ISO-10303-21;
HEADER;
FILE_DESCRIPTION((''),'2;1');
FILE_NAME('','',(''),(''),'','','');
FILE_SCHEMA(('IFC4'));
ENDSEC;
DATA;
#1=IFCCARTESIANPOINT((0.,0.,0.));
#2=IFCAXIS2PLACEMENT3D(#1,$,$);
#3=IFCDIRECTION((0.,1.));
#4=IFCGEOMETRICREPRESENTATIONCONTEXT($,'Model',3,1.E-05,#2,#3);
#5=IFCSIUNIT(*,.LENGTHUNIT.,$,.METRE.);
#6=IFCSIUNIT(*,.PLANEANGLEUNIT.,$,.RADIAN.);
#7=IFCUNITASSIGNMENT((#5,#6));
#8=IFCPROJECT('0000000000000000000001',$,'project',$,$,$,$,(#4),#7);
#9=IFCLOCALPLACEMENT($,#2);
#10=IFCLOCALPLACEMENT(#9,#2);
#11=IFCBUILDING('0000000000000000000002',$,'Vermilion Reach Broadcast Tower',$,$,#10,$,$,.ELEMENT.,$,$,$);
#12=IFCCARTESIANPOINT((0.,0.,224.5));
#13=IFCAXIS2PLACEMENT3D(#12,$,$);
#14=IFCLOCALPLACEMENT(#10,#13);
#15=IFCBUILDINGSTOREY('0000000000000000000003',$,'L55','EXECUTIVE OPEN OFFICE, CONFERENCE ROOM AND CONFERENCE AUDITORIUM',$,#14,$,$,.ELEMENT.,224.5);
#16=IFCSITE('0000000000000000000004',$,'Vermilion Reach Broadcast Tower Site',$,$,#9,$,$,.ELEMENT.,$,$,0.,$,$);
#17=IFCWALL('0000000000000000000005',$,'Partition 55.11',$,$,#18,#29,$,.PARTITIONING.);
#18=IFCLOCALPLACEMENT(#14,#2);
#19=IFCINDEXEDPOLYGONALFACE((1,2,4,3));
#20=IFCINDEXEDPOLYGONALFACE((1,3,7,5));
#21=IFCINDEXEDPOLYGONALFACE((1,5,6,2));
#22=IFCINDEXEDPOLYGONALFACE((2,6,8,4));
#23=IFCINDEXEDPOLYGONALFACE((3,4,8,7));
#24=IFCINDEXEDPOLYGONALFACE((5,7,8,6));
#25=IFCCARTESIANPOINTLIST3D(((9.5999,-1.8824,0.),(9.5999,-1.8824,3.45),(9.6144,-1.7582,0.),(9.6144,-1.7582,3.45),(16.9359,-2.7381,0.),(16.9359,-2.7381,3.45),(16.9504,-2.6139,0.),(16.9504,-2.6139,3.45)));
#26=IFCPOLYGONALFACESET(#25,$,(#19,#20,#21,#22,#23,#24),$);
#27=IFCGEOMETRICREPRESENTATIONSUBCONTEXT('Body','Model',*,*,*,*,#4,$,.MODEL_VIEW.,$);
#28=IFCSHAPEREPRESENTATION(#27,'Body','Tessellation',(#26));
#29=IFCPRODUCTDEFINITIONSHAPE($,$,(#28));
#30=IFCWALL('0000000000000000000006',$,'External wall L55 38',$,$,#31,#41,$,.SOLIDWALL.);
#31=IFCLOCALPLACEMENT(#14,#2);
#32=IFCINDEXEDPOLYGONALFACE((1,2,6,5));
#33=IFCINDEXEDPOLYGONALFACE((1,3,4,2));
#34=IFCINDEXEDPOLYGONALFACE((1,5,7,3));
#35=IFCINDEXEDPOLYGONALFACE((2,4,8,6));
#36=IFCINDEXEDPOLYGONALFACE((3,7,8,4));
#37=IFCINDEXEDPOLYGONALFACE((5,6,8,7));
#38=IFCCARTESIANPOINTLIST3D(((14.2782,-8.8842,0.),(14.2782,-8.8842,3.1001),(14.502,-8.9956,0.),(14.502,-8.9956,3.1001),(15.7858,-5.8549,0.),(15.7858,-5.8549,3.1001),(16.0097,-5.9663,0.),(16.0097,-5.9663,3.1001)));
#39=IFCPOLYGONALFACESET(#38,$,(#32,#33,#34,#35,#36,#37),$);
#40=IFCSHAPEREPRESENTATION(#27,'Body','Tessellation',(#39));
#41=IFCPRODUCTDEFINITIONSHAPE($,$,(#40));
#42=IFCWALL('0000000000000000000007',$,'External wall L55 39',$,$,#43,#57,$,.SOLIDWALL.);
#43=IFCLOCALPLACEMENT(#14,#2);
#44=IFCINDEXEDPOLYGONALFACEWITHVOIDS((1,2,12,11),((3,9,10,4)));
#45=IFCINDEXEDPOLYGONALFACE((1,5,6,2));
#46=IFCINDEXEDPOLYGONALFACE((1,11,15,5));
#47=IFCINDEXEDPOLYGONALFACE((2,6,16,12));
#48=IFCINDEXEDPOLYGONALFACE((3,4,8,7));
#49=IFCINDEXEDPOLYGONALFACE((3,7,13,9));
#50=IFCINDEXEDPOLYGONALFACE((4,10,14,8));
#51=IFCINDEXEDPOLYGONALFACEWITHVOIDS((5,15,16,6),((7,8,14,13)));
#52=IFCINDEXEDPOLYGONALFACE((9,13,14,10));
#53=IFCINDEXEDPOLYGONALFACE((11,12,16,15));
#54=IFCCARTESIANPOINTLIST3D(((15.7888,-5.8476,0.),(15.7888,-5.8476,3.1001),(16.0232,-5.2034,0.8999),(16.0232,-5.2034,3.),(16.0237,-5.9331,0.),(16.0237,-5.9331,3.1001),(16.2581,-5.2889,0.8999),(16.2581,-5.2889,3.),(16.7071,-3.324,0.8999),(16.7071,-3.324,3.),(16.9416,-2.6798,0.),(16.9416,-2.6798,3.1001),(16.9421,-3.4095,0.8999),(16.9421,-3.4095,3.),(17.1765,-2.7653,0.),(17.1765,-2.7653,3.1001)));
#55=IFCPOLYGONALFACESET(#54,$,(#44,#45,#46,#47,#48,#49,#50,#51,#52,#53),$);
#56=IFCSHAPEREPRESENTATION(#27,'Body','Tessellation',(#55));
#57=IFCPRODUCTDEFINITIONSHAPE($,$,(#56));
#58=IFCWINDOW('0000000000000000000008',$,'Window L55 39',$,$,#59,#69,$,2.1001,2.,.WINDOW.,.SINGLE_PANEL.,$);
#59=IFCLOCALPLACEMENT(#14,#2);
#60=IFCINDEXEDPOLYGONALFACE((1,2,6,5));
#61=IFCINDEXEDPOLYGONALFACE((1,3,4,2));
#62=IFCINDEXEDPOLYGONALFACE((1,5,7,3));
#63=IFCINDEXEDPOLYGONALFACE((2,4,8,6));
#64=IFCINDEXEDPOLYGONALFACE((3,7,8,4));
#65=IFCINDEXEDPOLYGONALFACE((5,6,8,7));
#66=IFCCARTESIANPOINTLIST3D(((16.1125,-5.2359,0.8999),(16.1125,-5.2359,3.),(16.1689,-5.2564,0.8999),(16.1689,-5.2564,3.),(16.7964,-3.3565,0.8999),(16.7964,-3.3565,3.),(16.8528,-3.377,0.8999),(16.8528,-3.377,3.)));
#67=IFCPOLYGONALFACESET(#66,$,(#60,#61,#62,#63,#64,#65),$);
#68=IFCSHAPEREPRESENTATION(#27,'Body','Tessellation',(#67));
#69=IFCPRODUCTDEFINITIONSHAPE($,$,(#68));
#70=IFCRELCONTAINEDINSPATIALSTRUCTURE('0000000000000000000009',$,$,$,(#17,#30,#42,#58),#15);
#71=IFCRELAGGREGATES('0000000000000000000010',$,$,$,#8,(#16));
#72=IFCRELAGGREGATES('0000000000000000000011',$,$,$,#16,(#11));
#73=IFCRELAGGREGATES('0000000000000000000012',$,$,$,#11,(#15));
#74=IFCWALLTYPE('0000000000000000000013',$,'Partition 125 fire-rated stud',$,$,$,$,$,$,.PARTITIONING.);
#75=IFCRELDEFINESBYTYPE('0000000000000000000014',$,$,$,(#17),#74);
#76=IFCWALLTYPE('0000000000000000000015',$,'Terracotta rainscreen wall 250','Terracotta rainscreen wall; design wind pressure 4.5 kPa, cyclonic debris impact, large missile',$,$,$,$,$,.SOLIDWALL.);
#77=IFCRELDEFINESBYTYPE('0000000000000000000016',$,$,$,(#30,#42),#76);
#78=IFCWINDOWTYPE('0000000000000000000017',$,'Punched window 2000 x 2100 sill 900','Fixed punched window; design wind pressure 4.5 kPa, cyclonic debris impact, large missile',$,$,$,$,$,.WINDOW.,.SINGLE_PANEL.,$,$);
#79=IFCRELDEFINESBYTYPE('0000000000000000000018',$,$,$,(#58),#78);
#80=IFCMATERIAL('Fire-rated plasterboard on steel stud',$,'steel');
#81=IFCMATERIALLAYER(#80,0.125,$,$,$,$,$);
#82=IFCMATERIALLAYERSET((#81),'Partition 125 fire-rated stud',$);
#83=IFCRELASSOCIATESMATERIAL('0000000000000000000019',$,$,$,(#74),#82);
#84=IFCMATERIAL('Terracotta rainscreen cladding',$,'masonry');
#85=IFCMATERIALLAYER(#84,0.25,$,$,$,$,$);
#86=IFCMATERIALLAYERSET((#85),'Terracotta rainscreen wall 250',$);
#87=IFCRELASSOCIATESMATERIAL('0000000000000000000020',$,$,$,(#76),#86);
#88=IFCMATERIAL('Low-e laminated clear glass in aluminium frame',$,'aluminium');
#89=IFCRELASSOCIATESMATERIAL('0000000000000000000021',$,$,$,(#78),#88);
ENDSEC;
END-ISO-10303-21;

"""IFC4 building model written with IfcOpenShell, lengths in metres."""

from ifc_helpers import new_model, si_unit, direction, frame, frame_2d, origin, place, context, subcontext, project, spatial, rectangle, extrude, material, layer, layer_set, type_object, element, fill, save


model = new_model("IFC4")

# Units and contexts
model_context = context("Model", 3, precision=1e-05, world=origin(), true_north=direction((0.0, 1.0)))
body_context = subcontext(model_context, "Body", "Model", "MODEL_VIEW")
ifc_project = project(units=[si_unit("LENGTHUNIT", "METRE"), si_unit("PLANEANGLEUNIT", "RADIAN")], contexts=[model_context])

# Site, building, storey
site_placement = place(None, origin())
site = spatial("IfcSite", under=ifc_project, at=site_placement, Name="Vermilion Reach Broadcast Tower Site", CompositionType="ELEMENT", RefElevation=0.0)
building_placement = place(site_placement, origin())
building = spatial("IfcBuilding", under=site, at=building_placement, Name="Vermilion Reach Broadcast Tower", CompositionType="ELEMENT")
storey_placement = place(building_placement, frame((0.0, 0.0, 224.5)))
storey = spatial("IfcBuildingStorey", under=building, at=storey_placement, Name="L55", Description="EXECUTIVE OPEN OFFICE, CONFERENCE ROOM AND CONFERENCE AUDITORIUM", CompositionType="ELEMENT", Elevation=224.5)

# Walls
ifc_material_1 = material(Name="Fire-rated plasterboard on steel stud", Category="steel")
ifc_layer_1 = layer(ifc_material_1, 0.125)
ifc_layer_set_1 = layer_set([ifc_layer_1], Name="Partition 125 fire-rated stud")
wall_type_1 = type_object("IfcWallType", Name="Partition 125 fire-rated stud", PredefinedType="PARTITIONING", material=ifc_layer_set_1)
wall_1_placement = place(storey_placement, frame((16.9431, -2.676, 0.0), z_axis=(0.0, 0.0, 1.0), x_axis=(-0.993265, 0.115861, 0.0)))
element("IfcWall", 1, at=wall_1_placement, inside=storey, type_object=wall_type_1, Name="Partition 55.11", PredefinedType="PARTITIONING", context=body_context, shape_type="SweptSolid", body=[
    extrude(rectangle(XDim=7.3857, YDim=0.125, at=frame_2d((3.6929, 0.0))), origin(), (0.0, 0.0, 1.0), 3.45),
])
ifc_material_2 = material(Name="Terracotta rainscreen cladding", Category="masonry")
ifc_layer_2 = layer(ifc_material_2, 0.25)
ifc_layer_set_2 = layer_set([ifc_layer_2], Name="Terracotta rainscreen wall 250")
wall_type_2 = type_object("IfcWallType", Name="Terracotta rainscreen wall 250", Description="Terracotta rainscreen wall; design wind pressure 4.5 kPa, cyclonic debris impact, large missile", PredefinedType="SOLIDWALL", material=ifc_layer_set_2)
wall_2_placement = place(storey_placement, frame((14.3901, -8.9399, 0.0), z_axis=(0.0, 0.0, 1.0), x_axis=(0.445539, 0.895263, 0.0)))
element("IfcWall", 2, at=wall_2_placement, inside=storey, type_object=wall_type_2, Name="External wall L55 38", PredefinedType="SOLIDWALL", context=body_context, shape_type="SweptSolid", body=[
    extrude(rectangle(XDim=3.3838, YDim=0.25, at=frame_2d((1.6919, 0.0))), origin(), (0.0, 0.0, 1.0), 3.1001),
])

# Wall, opening, window
wall_3_placement = place(storey_placement, frame((15.9062, -5.8904, 0.0), z_axis=(0.0, 0.0, 1.0), x_axis=(0.341964, 0.939713, 0.0)))
wall_3 = element("IfcWall", 3, at=wall_3_placement, inside=storey, type_object=wall_type_2, Name="External wall L55 39", PredefinedType="SOLIDWALL", context=body_context, shape_type="SweptSolid", body=[
    extrude(rectangle(XDim=3.3711, YDim=0.25, at=frame_2d((1.6855, 0.0))), origin(), (0.0, 0.0, 1.0), 3.1001),
])
opening_1_placement = place(wall_3_placement, frame((0.6855, 0.0, 0.8999)))
opening_1 = element("IfcOpeningElement", 4, at=opening_1_placement, cuts=wall_3, PredefinedType="OPENING", context=body_context, shape_type="SweptSolid", body=[
    extrude(rectangle(XDim=2.0, YDim=2.1001, at=frame_2d((1.0, 1.05))), frame((0.0, 0.135, 0.0), z_axis=(0.0, -1.0, 0.0), x_axis=(1.0, 0.0, 0.0)), (0.0, 0.0, 1.0), 0.27),
])
ifc_material_3 = material(Name="Low-e laminated clear glass in aluminium frame", Category="aluminium")
window_type = type_object("IfcWindowType", Name="Punched window 2000 x 2100 sill 900", Description="Fixed punched window; design wind pressure 4.5 kPa, cyclonic debris impact, large missile", PartitioningType="SINGLE_PANEL", PredefinedType="WINDOW", material=ifc_material_3)
window_placement = place(opening_1_placement, origin())
window = element("IfcWindow", 5, at=window_placement, inside=storey, type_object=window_type, Name="Window L55 39", OverallHeight=2.1001, OverallWidth=2.0, PartitioningType="SINGLE_PANEL", PredefinedType="WINDOW", context=body_context, shape_type="SweptSolid", body=[
    extrude(rectangle(XDim=2.0, YDim=2.1001, at=frame_2d((1.0, 1.05))), frame((0.0, 0.03, 0.0), z_axis=(0.0, -1.0, 0.0), x_axis=(1.0, 0.0, 0.0)), (0.0, 0.0, 1.0), 0.0601),
])
fill(opening_1, window)

save(model, "model.ifc")
